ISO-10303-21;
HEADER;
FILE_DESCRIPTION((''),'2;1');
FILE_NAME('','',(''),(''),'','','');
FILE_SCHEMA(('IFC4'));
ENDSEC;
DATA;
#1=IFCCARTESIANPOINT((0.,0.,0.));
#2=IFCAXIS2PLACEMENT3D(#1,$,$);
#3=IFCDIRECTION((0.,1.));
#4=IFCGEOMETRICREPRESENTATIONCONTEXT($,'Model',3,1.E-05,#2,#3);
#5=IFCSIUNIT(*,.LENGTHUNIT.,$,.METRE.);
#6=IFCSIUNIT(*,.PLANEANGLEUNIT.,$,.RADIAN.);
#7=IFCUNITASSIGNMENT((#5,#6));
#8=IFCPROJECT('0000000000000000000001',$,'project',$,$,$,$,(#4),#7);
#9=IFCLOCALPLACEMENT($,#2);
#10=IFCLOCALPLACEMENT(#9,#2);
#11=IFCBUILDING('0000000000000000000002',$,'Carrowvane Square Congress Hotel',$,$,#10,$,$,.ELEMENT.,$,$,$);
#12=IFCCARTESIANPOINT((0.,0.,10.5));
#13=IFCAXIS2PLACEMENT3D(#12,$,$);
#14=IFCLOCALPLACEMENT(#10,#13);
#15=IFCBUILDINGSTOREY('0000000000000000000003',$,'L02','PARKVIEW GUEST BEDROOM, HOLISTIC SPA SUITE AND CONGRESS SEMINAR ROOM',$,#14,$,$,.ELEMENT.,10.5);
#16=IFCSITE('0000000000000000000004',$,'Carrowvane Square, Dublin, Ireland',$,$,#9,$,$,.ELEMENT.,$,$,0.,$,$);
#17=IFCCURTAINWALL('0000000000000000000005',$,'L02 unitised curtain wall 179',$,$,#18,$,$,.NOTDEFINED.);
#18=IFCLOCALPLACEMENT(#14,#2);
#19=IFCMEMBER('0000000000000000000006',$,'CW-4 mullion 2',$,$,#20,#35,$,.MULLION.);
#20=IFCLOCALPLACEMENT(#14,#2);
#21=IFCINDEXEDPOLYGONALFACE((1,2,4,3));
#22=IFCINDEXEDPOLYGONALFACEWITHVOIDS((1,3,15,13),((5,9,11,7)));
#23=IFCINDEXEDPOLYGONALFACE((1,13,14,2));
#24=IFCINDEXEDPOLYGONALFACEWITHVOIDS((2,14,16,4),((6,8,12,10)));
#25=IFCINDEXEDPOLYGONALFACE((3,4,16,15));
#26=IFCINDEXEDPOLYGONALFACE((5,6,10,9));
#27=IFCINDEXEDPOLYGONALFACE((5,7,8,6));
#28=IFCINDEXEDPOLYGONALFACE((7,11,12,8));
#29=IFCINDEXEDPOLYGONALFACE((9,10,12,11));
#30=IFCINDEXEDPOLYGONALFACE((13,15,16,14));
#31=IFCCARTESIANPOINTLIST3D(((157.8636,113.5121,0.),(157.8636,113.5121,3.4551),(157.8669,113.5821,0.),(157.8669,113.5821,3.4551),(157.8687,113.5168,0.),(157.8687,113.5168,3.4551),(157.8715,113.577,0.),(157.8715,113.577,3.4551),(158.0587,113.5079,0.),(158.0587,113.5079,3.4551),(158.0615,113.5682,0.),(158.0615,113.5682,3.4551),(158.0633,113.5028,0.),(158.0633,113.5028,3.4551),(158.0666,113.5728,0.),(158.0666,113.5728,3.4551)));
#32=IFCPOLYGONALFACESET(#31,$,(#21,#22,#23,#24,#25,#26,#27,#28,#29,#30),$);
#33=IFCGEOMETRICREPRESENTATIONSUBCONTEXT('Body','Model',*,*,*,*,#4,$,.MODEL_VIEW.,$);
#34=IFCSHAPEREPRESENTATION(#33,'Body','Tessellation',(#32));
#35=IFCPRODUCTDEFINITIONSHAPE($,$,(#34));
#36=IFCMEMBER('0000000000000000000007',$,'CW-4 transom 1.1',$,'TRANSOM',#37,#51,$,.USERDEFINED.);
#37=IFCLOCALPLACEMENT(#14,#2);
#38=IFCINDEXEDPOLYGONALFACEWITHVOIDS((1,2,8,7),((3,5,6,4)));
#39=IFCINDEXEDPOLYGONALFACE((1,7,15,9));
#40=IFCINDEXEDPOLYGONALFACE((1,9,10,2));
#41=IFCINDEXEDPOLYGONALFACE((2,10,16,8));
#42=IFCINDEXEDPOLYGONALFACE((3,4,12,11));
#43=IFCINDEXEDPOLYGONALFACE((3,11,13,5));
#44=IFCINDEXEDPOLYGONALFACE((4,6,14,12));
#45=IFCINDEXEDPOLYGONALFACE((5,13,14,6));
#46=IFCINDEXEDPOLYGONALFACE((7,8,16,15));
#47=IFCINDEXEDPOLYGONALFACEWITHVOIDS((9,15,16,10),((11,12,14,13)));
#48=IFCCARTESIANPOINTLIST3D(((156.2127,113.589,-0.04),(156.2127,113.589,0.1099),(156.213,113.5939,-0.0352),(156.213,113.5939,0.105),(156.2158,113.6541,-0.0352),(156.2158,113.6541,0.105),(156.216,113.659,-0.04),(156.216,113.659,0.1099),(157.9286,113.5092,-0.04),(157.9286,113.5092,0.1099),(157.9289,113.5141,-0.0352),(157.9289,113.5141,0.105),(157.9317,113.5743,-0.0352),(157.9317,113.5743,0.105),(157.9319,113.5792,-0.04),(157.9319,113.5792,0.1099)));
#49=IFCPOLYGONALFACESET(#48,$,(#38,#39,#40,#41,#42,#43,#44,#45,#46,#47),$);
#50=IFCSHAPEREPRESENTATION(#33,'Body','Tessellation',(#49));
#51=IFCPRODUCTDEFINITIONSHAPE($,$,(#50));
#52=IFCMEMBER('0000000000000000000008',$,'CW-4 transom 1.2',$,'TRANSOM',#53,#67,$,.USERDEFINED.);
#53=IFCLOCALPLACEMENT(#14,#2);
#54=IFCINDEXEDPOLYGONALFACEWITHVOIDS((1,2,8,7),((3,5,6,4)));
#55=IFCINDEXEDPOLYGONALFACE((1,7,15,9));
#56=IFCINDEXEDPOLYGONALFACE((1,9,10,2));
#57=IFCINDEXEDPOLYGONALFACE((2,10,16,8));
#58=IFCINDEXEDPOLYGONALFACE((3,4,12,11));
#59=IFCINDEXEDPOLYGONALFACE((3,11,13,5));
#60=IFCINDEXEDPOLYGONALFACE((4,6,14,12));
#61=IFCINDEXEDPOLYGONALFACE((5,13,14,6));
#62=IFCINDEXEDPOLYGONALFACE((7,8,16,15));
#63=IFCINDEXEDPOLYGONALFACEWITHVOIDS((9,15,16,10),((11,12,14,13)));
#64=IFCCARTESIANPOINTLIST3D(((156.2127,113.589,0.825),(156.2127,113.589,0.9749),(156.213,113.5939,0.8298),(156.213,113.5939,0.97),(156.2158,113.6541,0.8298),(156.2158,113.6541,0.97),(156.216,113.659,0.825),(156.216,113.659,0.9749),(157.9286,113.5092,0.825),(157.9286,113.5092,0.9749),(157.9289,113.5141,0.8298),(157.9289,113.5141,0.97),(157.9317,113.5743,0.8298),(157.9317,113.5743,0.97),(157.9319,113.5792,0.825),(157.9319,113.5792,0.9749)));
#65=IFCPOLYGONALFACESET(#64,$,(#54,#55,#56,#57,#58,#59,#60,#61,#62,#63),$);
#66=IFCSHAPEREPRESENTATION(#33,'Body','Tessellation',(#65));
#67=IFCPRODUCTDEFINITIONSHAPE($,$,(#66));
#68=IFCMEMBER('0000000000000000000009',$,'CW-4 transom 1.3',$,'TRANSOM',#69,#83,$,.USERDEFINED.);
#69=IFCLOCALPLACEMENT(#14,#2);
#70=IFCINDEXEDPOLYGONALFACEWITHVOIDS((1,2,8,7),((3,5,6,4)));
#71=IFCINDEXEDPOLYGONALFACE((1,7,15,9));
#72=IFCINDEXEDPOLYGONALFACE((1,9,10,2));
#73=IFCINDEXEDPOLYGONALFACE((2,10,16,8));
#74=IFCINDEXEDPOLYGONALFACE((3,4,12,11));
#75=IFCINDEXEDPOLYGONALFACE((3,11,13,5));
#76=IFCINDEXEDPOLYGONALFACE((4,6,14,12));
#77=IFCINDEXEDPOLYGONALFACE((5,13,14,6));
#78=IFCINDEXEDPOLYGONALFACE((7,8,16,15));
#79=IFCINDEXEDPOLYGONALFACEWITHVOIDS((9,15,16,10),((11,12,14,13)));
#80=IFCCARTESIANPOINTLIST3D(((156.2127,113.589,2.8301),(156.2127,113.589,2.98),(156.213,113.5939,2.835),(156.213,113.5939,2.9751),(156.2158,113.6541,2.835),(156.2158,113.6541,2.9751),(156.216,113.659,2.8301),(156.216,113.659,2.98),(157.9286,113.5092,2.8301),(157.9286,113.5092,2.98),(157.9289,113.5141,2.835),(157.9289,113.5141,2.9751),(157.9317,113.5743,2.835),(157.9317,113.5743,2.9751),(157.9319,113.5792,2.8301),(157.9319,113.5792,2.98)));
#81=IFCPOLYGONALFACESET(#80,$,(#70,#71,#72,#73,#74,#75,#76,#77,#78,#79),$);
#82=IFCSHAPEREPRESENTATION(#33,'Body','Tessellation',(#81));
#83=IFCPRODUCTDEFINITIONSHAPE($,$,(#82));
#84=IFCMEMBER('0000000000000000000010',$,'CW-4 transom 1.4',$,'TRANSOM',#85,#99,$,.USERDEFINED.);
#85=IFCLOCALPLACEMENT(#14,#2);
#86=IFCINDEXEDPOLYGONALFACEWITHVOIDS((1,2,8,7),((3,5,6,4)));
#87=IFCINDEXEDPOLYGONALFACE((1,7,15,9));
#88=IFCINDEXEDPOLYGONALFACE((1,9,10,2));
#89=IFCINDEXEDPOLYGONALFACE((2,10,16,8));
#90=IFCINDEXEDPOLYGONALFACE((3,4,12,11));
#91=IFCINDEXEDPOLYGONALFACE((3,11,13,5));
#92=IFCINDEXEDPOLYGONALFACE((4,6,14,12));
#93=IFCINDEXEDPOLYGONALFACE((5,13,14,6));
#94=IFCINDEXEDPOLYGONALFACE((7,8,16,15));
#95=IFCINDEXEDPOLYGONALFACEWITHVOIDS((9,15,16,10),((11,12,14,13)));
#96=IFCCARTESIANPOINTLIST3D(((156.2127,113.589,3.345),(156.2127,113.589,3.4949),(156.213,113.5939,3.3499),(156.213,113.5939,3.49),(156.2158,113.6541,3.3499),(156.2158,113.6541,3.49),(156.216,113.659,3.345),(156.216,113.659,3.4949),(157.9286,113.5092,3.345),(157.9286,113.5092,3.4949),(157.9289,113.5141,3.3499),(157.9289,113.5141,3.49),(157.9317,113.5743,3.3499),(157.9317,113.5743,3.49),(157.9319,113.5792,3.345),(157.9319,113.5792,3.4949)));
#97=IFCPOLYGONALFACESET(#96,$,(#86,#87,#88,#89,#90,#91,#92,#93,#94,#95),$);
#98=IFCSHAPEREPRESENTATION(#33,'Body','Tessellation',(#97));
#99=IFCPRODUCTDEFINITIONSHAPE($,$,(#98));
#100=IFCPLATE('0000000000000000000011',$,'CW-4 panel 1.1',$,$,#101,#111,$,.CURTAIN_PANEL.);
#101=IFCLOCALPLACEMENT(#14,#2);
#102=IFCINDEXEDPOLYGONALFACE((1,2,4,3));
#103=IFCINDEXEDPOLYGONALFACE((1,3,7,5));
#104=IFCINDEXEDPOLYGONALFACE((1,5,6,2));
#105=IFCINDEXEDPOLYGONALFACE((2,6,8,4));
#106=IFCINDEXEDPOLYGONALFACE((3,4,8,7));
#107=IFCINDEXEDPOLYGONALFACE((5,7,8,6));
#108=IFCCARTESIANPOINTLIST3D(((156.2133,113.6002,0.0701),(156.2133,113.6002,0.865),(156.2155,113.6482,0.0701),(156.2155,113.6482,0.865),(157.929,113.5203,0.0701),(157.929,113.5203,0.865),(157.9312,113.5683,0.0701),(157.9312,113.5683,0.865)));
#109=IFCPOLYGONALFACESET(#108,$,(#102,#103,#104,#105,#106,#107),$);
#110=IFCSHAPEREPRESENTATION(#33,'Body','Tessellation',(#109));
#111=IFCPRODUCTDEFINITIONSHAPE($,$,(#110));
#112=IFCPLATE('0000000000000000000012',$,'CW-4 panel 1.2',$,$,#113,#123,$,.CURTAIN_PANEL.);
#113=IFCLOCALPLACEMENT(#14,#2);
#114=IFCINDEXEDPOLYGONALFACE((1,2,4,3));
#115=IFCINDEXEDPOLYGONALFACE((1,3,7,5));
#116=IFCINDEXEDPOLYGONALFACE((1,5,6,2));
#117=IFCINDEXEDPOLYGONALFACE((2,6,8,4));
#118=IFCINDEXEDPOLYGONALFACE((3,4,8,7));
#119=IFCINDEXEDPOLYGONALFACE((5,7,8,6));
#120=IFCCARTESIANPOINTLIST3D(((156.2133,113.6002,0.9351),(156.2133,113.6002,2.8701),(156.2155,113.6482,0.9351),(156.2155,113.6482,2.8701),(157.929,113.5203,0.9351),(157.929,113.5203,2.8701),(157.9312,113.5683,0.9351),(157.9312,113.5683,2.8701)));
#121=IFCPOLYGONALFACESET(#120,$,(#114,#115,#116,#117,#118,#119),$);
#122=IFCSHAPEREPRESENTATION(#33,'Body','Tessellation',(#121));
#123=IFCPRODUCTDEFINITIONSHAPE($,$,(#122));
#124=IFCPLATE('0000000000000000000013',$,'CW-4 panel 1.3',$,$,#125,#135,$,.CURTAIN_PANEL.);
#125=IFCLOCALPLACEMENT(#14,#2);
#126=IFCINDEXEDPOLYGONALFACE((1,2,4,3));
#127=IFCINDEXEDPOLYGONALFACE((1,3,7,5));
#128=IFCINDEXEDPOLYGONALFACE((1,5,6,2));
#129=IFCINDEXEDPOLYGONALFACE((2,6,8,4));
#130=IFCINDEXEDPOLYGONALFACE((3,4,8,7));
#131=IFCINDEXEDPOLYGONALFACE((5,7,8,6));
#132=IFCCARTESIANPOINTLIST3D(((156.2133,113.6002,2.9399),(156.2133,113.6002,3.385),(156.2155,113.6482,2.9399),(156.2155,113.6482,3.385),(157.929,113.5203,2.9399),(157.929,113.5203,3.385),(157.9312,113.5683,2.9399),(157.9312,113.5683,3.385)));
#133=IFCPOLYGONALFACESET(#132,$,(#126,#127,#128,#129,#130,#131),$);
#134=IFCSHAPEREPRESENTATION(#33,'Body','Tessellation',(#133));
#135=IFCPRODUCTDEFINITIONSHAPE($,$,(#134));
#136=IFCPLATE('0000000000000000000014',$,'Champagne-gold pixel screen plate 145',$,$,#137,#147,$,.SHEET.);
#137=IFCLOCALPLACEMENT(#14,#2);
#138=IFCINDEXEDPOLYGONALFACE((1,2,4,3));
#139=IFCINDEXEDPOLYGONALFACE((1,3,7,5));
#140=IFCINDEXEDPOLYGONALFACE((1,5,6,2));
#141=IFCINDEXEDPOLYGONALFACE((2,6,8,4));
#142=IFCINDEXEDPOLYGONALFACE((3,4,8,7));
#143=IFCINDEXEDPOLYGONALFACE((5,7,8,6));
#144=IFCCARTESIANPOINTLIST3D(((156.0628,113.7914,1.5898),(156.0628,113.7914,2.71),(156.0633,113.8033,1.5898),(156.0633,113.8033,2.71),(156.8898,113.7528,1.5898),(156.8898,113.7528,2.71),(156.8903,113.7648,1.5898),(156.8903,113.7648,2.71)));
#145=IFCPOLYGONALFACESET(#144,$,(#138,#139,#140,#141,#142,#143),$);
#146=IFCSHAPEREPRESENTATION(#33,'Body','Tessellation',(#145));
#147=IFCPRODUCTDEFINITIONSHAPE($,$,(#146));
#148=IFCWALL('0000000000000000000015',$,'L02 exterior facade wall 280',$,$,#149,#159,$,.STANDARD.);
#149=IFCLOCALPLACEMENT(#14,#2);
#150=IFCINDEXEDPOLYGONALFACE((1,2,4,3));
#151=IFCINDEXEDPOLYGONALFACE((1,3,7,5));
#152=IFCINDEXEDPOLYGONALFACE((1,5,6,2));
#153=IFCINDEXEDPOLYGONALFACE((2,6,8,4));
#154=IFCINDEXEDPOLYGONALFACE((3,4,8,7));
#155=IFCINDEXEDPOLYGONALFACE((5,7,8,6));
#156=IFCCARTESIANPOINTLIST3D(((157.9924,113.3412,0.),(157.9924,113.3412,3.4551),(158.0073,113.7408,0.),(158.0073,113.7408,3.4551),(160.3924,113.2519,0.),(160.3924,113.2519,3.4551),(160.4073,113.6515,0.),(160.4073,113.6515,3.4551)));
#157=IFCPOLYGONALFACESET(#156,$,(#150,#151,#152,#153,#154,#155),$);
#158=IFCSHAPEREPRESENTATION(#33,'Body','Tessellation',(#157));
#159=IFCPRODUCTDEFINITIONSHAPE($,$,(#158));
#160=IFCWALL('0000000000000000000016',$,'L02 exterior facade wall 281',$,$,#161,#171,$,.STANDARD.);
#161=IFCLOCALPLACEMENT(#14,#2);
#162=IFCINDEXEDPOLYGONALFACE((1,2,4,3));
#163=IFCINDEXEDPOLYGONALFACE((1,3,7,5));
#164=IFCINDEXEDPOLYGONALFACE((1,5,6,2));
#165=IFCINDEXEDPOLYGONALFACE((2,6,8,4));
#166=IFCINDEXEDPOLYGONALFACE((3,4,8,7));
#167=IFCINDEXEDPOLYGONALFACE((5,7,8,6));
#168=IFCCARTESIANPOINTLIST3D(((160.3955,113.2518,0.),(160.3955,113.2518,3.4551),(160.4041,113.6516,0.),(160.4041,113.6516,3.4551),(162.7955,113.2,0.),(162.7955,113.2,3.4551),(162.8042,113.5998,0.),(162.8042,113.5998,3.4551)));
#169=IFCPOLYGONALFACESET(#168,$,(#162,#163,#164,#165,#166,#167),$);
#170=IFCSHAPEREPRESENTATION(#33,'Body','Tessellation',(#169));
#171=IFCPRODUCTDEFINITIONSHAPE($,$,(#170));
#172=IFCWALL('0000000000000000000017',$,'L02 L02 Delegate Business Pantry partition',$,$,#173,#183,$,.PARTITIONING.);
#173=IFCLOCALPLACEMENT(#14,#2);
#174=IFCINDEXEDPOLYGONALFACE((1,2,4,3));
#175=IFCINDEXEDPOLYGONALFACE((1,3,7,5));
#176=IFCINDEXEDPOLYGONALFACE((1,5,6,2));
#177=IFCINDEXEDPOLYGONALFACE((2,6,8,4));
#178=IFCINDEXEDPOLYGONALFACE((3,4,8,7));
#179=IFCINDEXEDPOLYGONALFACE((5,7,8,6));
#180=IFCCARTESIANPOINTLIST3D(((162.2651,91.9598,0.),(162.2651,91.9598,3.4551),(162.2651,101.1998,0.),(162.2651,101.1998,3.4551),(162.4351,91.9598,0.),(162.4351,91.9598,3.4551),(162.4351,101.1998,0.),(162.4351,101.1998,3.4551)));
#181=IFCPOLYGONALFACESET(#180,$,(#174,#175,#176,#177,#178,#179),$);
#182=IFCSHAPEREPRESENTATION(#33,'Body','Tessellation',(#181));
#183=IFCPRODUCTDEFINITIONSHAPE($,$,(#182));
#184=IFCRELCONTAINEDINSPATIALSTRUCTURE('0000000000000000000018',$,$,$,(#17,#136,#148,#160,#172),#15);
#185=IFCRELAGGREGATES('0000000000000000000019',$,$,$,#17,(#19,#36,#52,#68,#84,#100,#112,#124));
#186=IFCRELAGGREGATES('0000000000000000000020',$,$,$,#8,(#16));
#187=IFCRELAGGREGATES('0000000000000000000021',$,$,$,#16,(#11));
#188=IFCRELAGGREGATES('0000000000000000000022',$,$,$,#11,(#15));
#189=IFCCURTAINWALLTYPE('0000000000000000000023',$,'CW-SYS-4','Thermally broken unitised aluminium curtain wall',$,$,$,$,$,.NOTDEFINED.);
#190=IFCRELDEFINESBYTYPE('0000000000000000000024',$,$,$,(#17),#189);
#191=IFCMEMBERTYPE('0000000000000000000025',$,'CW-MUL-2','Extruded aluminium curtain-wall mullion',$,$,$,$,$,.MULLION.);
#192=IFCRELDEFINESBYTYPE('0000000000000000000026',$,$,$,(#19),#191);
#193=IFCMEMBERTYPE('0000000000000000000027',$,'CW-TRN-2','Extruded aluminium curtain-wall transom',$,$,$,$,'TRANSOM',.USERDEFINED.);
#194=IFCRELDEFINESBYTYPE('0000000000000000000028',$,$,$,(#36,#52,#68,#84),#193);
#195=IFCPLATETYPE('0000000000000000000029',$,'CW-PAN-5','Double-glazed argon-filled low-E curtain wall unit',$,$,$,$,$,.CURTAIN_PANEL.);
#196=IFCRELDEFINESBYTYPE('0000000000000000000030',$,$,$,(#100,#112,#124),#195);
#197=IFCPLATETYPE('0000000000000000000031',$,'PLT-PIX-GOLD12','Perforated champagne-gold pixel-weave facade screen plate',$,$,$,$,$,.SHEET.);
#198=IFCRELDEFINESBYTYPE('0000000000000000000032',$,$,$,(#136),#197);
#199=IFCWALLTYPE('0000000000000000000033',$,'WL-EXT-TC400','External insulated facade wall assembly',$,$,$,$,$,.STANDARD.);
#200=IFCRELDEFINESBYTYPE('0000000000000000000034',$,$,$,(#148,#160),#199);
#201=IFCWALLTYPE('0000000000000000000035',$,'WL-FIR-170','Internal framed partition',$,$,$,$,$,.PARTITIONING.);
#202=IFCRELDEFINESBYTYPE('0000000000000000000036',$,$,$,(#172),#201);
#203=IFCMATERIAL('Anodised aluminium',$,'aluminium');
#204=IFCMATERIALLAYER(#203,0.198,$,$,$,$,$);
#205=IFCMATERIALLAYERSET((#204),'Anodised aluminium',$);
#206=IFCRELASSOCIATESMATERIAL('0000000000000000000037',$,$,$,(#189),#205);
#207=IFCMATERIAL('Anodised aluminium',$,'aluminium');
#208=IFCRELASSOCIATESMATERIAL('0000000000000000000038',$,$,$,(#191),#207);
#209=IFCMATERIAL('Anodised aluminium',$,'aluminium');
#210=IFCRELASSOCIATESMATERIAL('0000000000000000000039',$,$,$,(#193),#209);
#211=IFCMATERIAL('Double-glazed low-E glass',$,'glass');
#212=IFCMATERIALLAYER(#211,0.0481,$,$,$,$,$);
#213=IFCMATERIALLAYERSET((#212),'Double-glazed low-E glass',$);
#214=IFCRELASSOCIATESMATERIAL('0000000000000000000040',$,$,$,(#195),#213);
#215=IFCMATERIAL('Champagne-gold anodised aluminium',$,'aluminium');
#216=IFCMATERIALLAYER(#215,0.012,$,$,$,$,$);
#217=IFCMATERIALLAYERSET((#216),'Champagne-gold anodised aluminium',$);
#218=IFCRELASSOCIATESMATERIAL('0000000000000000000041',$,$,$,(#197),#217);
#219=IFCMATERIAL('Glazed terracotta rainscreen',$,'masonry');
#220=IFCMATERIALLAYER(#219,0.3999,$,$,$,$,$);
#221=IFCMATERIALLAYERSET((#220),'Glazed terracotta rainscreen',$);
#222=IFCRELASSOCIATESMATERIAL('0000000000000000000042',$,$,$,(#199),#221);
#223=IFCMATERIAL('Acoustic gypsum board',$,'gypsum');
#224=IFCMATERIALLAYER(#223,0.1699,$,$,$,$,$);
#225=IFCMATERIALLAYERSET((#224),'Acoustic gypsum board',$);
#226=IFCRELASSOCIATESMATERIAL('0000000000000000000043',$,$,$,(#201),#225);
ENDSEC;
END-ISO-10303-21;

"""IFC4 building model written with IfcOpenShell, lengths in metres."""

from ifc_helpers import new_model, si_unit, direction, frame, frame_2d, origin, origin_2d, place, context, subcontext, project, spatial, rectangle, hollow_rectangle, extrude, material, layer, layer_set, material_profile, profile_set, type_object, element, aggregate, save


model = new_model("IFC4")

# Units and contexts
model_context = context("Model", 3, precision=1e-05, world=origin(), true_north=direction((0.0, 1.0)))
body_context = subcontext(model_context, "Body", "Model", "MODEL_VIEW")
ifc_project = project(units=[si_unit("LENGTHUNIT", "METRE"), si_unit("PLANEANGLEUNIT", "RADIAN")], contexts=[model_context])

# Site, building, storey
site_placement = place(None, origin())
site = spatial("IfcSite", under=ifc_project, at=site_placement, Name="Carrowvane Square, Dublin, Ireland", CompositionType="ELEMENT", RefElevation=0.0)
building_placement = place(site_placement, origin())
building = spatial("IfcBuilding", under=site, at=building_placement, Name="Carrowvane Square Congress Hotel", CompositionType="ELEMENT")
storey_placement = place(building_placement, frame((0.0, 0.0, 10.5)))
storey = spatial("IfcBuildingStorey", under=building, at=storey_placement, Name="L02", Description="PARKVIEW GUEST BEDROOM, HOLISTIC SPA SUITE AND CONGRESS SEMINAR ROOM", CompositionType="ELEMENT", Elevation=10.5)

# Curtain wall, members, plates
ifc_material_1 = material(Name="Anodised aluminium", Category="aluminium")
ifc_layer_1 = layer(ifc_material_1, 0.198)
ifc_layer_set_1 = layer_set([ifc_layer_1], Name="Anodised aluminium")
curtain_wall_type = type_object("IfcCurtainWallType", Name="CW-SYS-4", Description="Thermally broken unitised aluminium curtain wall", PredefinedType="NOTDEFINED", material=ifc_layer_set_1)
curtain_wall_placement = place(storey_placement, origin())
curtain_wall = element("IfcCurtainWall", 1, at=curtain_wall_placement, inside=storey, type_object=curtain_wall_type, Name="L02 unitised curtain wall 179", PredefinedType="NOTDEFINED")
ifc_material_2 = material(Name="Anodised aluminium", Category="aluminium")
ifc_material_profile_1 = material_profile(ifc_material_2, hollow_rectangle(XDim=0.0701, YDim=0.2, WallThickness=0.0049, at=origin_2d()), Name="CW-ML 70x200x5")
ifc_profile_set_1 = profile_set([ifc_material_profile_1], Name="Anodised aluminium")
member_type_1 = type_object("IfcMemberType", Name="CW-MUL-2", Description="Extruded aluminium curtain-wall mullion", PredefinedType="MULLION", material=ifc_profile_set_1)
member_1_placement = place(storey_placement, frame((157.9651, 113.5425, 0.0), z_axis=(0.0, 0.0, 1.0), x_axis=(0.046517, 0.998917, 0.0)))
member_1 = element("IfcMember", 2, at=member_1_placement, type_object=member_type_1, Name="CW-4 mullion 2", PredefinedType="MULLION", context=body_context, shape_type="SweptSolid", body=[
    extrude(hollow_rectangle(XDim=0.0701, YDim=0.2, WallThickness=0.0049, at=origin_2d()), origin(), (0.0, 0.0, 1.0), 3.4551),
])
ifc_material_3 = material(Name="Anodised aluminium", Category="aluminium")
ifc_material_profile_2 = material_profile(ifc_material_3, hollow_rectangle(XDim=0.0701, YDim=0.1499, WallThickness=0.0049, at=origin_2d()), Name="CW-TR 70x150x5")
ifc_profile_set_2 = profile_set([ifc_material_profile_2], Name="Anodised aluminium")
member_type_2 = type_object("IfcMemberType", Name="CW-TRN-2", Description="Extruded aluminium curtain-wall transom", ElementType="TRANSOM", PredefinedType="USERDEFINED", material=ifc_profile_set_2)
member_2_placement = place(storey_placement, frame((156.2144, 113.624, 0.0349), z_axis=(0.998919, -0.046478, 0.0), x_axis=(0.046478, 0.998919, 0.0)))
member_2 = element("IfcMember", 3, at=member_2_placement, type_object=member_type_2, Name="CW-4 transom 1.1", ObjectType="TRANSOM", PredefinedType="USERDEFINED", context=body_context, shape_type="SweptSolid", body=[
    extrude(hollow_rectangle(XDim=0.0701, YDim=0.1499, WallThickness=0.0049, at=origin_2d()), origin(), (0.0, 0.0, 1.0), 1.7178),
])
member_3_placement = place(storey_placement, frame((156.2144, 113.624, 0.8999), z_axis=(0.998919, -0.046478, 0.0), x_axis=(0.046478, 0.998919, 0.0)))
member_3 = element("IfcMember", 4, at=member_3_placement, type_object=member_type_2, Name="CW-4 transom 1.2", ObjectType="TRANSOM", PredefinedType="USERDEFINED", context=body_context, shape_type="SweptSolid", body=[
    extrude(hollow_rectangle(XDim=0.0701, YDim=0.1499, WallThickness=0.0049, at=origin_2d()), origin(), (0.0, 0.0, 1.0), 1.7178),
])
member_4_placement = place(storey_placement, frame((156.2144, 113.624, 2.905), z_axis=(0.998919, -0.046478, 0.0), x_axis=(0.046478, 0.998919, 0.0)))
member_4 = element("IfcMember", 5, at=member_4_placement, type_object=member_type_2, Name="CW-4 transom 1.3", ObjectType="TRANSOM", PredefinedType="USERDEFINED", context=body_context, shape_type="SweptSolid", body=[
    extrude(hollow_rectangle(XDim=0.0701, YDim=0.1499, WallThickness=0.0049, at=origin_2d()), origin(), (0.0, 0.0, 1.0), 1.7178),
])
member_5_placement = place(storey_placement, frame((156.2144, 113.624, 3.4199), z_axis=(0.998919, -0.046478, 0.0), x_axis=(0.046478, 0.998919, 0.0)))
member_5 = element("IfcMember", 6, at=member_5_placement, type_object=member_type_2, Name="CW-4 transom 1.4", ObjectType="TRANSOM", PredefinedType="USERDEFINED", context=body_context, shape_type="SweptSolid", body=[
    extrude(hollow_rectangle(XDim=0.0701, YDim=0.1499, WallThickness=0.0049, at=origin_2d()), origin(), (0.0, 0.0, 1.0), 1.7178),
])
ifc_material_4 = material(Name="Double-glazed low-E glass", Category="glass")
ifc_layer_2 = layer(ifc_material_4, 0.0481)
ifc_layer_set_2 = layer_set([ifc_layer_2], Name="Double-glazed low-E glass")
plate_type_1 = type_object("IfcPlateType", Name="CW-PAN-5", Description="Double-glazed argon-filled low-E curtain wall unit", PredefinedType="CURTAIN_PANEL", material=ifc_layer_set_2)
plate_1_placement = place(storey_placement, frame((157.0723, 113.5842, 0.0701), z_axis=(0.0, 0.0, 1.0), x_axis=(0.998917, -0.046517, 0.0)))
plate_1 = element("IfcPlate", 7, at=plate_1_placement, type_object=plate_type_1, Name="CW-4 panel 1.1", PredefinedType="CURTAIN_PANEL", context=body_context, shape_type="SweptSolid", body=[
    extrude(rectangle(XDim=1.7175, YDim=0.0481, at=origin_2d()), origin(), (0.0, 0.0, 1.0), 0.7949),
])
plate_2_placement = place(storey_placement, frame((157.0723, 113.5842, 0.9351), z_axis=(0.0, 0.0, 1.0), x_axis=(0.998917, -0.046517, 0.0)))
plate_2 = element("IfcPlate", 8, at=plate_2_placement, type_object=plate_type_1, Name="CW-4 panel 1.2", PredefinedType="CURTAIN_PANEL", context=body_context, shape_type="SweptSolid", body=[
    extrude(rectangle(XDim=1.7175, YDim=0.0481, at=origin_2d()), origin(), (0.0, 0.0, 1.0), 1.9351),
])
plate_3_placement = place(storey_placement, frame((157.0723, 113.5842, 2.9399), z_axis=(0.0, 0.0, 1.0), x_axis=(0.998917, -0.046517, 0.0)))
plate_3 = element("IfcPlate", 9, at=plate_3_placement, type_object=plate_type_1, Name="CW-4 panel 1.3", PredefinedType="CURTAIN_PANEL", context=body_context, shape_type="SweptSolid", body=[
    extrude(rectangle(XDim=1.7175, YDim=0.0481, at=origin_2d()), origin(), (0.0, 0.0, 1.0), 0.4451),
])
aggregate(curtain_wall, [member_1, member_2, member_3, member_4, member_5, plate_1, plate_2, plate_3])

# Plate
ifc_material_5 = material(Name="Champagne-gold anodised aluminium", Category="aluminium")
ifc_layer_3 = layer(ifc_material_5, 0.012)
ifc_layer_set_3 = layer_set([ifc_layer_3], Name="Champagne-gold anodised aluminium")
plate_type_2 = type_object("IfcPlateType", Name="PLT-PIX-GOLD12", Description="Perforated champagne-gold pixel-weave facade screen plate", PredefinedType="SHEET", material=ifc_layer_set_3)
plate_4_placement = place(storey_placement, frame((156.4766, 113.7781, 1.5898), z_axis=(0.0, 0.0, 1.0), x_axis=(0.998917, -0.046521, 0.0)))
element("IfcPlate", 10, at=plate_4_placement, inside=storey, type_object=plate_type_2, Name="Champagne-gold pixel screen plate 145", PredefinedType="SHEET", context=body_context, shape_type="SweptSolid", body=[
    extrude(rectangle(XDim=0.8279, YDim=0.012, at=origin_2d()), origin(), (0.0, 0.0, 1.0), 1.1201),
])

# Walls
ifc_material_6 = material(Name="Glazed terracotta rainscreen", Category="masonry")
ifc_layer_4 = layer(ifc_material_6, 0.3999)
ifc_layer_set_4 = layer_set([ifc_layer_4], Name="Glazed terracotta rainscreen")
wall_type_1 = type_object("IfcWallType", Name="WL-EXT-TC400", Description="External insulated facade wall assembly", PredefinedType="STANDARD", material=ifc_layer_set_4)
wall_1_placement = place(storey_placement, frame((158.0, 113.541, 0.0), z_axis=(0.0, 0.0, 1.0), x_axis=(0.999308, -0.037207, 0.0)))
element("IfcWall", 11, at=wall_1_placement, inside=storey, type_object=wall_type_1, Name="L02 exterior facade wall 280", PredefinedType="STANDARD", context=body_context, shape_type="SweptSolid", body=[
    extrude(rectangle(XDim=2.4016, YDim=0.3999, at=frame_2d((1.2007, 0.0))), origin(), (0.0, 0.0, 1.0), 3.4551),
])
wall_2_placement = place(storey_placement, frame((160.3999, 113.4517, 0.0), z_axis=(0.0, 0.0, 1.0), x_axis=(0.999768, -0.021559, 0.0)))
element("IfcWall", 12, at=wall_2_placement, inside=storey, type_object=wall_type_1, Name="L02 exterior facade wall 281", PredefinedType="STANDARD", context=body_context, shape_type="SweptSolid", body=[
    extrude(rectangle(XDim=2.4006, YDim=0.3999, at=frame_2d((1.2002, 0.0))), origin(), (0.0, 0.0, 1.0), 3.4551),
])
ifc_material_7 = material(Name="Acoustic gypsum board", Category="gypsum")
ifc_layer_5 = layer(ifc_material_7, 0.1699)
ifc_layer_set_5 = layer_set([ifc_layer_5], Name="Acoustic gypsum board")
wall_type_2 = type_object("IfcWallType", Name="WL-FIR-170", Description="Internal framed partition", PredefinedType="PARTITIONING", material=ifc_layer_set_5)
wall_3_placement = place(storey_placement, frame((162.3501, 101.2, 0.0), z_axis=(0.0, 0.0, 1.0), x_axis=(0.0, -1.0, 0.0)))
element("IfcWall", 13, at=wall_3_placement, inside=storey, type_object=wall_type_2, Name="L02 L02 Delegate Business Pantry partition", PredefinedType="PARTITIONING", context=body_context, shape_type="SweptSolid", body=[
    extrude(rectangle(XDim=9.24, YDim=0.1699, at=frame_2d((4.6201, 0.0))), origin(), (0.0, 0.0, 1.0), 3.4551),
])

save(model, "model.ifc")
